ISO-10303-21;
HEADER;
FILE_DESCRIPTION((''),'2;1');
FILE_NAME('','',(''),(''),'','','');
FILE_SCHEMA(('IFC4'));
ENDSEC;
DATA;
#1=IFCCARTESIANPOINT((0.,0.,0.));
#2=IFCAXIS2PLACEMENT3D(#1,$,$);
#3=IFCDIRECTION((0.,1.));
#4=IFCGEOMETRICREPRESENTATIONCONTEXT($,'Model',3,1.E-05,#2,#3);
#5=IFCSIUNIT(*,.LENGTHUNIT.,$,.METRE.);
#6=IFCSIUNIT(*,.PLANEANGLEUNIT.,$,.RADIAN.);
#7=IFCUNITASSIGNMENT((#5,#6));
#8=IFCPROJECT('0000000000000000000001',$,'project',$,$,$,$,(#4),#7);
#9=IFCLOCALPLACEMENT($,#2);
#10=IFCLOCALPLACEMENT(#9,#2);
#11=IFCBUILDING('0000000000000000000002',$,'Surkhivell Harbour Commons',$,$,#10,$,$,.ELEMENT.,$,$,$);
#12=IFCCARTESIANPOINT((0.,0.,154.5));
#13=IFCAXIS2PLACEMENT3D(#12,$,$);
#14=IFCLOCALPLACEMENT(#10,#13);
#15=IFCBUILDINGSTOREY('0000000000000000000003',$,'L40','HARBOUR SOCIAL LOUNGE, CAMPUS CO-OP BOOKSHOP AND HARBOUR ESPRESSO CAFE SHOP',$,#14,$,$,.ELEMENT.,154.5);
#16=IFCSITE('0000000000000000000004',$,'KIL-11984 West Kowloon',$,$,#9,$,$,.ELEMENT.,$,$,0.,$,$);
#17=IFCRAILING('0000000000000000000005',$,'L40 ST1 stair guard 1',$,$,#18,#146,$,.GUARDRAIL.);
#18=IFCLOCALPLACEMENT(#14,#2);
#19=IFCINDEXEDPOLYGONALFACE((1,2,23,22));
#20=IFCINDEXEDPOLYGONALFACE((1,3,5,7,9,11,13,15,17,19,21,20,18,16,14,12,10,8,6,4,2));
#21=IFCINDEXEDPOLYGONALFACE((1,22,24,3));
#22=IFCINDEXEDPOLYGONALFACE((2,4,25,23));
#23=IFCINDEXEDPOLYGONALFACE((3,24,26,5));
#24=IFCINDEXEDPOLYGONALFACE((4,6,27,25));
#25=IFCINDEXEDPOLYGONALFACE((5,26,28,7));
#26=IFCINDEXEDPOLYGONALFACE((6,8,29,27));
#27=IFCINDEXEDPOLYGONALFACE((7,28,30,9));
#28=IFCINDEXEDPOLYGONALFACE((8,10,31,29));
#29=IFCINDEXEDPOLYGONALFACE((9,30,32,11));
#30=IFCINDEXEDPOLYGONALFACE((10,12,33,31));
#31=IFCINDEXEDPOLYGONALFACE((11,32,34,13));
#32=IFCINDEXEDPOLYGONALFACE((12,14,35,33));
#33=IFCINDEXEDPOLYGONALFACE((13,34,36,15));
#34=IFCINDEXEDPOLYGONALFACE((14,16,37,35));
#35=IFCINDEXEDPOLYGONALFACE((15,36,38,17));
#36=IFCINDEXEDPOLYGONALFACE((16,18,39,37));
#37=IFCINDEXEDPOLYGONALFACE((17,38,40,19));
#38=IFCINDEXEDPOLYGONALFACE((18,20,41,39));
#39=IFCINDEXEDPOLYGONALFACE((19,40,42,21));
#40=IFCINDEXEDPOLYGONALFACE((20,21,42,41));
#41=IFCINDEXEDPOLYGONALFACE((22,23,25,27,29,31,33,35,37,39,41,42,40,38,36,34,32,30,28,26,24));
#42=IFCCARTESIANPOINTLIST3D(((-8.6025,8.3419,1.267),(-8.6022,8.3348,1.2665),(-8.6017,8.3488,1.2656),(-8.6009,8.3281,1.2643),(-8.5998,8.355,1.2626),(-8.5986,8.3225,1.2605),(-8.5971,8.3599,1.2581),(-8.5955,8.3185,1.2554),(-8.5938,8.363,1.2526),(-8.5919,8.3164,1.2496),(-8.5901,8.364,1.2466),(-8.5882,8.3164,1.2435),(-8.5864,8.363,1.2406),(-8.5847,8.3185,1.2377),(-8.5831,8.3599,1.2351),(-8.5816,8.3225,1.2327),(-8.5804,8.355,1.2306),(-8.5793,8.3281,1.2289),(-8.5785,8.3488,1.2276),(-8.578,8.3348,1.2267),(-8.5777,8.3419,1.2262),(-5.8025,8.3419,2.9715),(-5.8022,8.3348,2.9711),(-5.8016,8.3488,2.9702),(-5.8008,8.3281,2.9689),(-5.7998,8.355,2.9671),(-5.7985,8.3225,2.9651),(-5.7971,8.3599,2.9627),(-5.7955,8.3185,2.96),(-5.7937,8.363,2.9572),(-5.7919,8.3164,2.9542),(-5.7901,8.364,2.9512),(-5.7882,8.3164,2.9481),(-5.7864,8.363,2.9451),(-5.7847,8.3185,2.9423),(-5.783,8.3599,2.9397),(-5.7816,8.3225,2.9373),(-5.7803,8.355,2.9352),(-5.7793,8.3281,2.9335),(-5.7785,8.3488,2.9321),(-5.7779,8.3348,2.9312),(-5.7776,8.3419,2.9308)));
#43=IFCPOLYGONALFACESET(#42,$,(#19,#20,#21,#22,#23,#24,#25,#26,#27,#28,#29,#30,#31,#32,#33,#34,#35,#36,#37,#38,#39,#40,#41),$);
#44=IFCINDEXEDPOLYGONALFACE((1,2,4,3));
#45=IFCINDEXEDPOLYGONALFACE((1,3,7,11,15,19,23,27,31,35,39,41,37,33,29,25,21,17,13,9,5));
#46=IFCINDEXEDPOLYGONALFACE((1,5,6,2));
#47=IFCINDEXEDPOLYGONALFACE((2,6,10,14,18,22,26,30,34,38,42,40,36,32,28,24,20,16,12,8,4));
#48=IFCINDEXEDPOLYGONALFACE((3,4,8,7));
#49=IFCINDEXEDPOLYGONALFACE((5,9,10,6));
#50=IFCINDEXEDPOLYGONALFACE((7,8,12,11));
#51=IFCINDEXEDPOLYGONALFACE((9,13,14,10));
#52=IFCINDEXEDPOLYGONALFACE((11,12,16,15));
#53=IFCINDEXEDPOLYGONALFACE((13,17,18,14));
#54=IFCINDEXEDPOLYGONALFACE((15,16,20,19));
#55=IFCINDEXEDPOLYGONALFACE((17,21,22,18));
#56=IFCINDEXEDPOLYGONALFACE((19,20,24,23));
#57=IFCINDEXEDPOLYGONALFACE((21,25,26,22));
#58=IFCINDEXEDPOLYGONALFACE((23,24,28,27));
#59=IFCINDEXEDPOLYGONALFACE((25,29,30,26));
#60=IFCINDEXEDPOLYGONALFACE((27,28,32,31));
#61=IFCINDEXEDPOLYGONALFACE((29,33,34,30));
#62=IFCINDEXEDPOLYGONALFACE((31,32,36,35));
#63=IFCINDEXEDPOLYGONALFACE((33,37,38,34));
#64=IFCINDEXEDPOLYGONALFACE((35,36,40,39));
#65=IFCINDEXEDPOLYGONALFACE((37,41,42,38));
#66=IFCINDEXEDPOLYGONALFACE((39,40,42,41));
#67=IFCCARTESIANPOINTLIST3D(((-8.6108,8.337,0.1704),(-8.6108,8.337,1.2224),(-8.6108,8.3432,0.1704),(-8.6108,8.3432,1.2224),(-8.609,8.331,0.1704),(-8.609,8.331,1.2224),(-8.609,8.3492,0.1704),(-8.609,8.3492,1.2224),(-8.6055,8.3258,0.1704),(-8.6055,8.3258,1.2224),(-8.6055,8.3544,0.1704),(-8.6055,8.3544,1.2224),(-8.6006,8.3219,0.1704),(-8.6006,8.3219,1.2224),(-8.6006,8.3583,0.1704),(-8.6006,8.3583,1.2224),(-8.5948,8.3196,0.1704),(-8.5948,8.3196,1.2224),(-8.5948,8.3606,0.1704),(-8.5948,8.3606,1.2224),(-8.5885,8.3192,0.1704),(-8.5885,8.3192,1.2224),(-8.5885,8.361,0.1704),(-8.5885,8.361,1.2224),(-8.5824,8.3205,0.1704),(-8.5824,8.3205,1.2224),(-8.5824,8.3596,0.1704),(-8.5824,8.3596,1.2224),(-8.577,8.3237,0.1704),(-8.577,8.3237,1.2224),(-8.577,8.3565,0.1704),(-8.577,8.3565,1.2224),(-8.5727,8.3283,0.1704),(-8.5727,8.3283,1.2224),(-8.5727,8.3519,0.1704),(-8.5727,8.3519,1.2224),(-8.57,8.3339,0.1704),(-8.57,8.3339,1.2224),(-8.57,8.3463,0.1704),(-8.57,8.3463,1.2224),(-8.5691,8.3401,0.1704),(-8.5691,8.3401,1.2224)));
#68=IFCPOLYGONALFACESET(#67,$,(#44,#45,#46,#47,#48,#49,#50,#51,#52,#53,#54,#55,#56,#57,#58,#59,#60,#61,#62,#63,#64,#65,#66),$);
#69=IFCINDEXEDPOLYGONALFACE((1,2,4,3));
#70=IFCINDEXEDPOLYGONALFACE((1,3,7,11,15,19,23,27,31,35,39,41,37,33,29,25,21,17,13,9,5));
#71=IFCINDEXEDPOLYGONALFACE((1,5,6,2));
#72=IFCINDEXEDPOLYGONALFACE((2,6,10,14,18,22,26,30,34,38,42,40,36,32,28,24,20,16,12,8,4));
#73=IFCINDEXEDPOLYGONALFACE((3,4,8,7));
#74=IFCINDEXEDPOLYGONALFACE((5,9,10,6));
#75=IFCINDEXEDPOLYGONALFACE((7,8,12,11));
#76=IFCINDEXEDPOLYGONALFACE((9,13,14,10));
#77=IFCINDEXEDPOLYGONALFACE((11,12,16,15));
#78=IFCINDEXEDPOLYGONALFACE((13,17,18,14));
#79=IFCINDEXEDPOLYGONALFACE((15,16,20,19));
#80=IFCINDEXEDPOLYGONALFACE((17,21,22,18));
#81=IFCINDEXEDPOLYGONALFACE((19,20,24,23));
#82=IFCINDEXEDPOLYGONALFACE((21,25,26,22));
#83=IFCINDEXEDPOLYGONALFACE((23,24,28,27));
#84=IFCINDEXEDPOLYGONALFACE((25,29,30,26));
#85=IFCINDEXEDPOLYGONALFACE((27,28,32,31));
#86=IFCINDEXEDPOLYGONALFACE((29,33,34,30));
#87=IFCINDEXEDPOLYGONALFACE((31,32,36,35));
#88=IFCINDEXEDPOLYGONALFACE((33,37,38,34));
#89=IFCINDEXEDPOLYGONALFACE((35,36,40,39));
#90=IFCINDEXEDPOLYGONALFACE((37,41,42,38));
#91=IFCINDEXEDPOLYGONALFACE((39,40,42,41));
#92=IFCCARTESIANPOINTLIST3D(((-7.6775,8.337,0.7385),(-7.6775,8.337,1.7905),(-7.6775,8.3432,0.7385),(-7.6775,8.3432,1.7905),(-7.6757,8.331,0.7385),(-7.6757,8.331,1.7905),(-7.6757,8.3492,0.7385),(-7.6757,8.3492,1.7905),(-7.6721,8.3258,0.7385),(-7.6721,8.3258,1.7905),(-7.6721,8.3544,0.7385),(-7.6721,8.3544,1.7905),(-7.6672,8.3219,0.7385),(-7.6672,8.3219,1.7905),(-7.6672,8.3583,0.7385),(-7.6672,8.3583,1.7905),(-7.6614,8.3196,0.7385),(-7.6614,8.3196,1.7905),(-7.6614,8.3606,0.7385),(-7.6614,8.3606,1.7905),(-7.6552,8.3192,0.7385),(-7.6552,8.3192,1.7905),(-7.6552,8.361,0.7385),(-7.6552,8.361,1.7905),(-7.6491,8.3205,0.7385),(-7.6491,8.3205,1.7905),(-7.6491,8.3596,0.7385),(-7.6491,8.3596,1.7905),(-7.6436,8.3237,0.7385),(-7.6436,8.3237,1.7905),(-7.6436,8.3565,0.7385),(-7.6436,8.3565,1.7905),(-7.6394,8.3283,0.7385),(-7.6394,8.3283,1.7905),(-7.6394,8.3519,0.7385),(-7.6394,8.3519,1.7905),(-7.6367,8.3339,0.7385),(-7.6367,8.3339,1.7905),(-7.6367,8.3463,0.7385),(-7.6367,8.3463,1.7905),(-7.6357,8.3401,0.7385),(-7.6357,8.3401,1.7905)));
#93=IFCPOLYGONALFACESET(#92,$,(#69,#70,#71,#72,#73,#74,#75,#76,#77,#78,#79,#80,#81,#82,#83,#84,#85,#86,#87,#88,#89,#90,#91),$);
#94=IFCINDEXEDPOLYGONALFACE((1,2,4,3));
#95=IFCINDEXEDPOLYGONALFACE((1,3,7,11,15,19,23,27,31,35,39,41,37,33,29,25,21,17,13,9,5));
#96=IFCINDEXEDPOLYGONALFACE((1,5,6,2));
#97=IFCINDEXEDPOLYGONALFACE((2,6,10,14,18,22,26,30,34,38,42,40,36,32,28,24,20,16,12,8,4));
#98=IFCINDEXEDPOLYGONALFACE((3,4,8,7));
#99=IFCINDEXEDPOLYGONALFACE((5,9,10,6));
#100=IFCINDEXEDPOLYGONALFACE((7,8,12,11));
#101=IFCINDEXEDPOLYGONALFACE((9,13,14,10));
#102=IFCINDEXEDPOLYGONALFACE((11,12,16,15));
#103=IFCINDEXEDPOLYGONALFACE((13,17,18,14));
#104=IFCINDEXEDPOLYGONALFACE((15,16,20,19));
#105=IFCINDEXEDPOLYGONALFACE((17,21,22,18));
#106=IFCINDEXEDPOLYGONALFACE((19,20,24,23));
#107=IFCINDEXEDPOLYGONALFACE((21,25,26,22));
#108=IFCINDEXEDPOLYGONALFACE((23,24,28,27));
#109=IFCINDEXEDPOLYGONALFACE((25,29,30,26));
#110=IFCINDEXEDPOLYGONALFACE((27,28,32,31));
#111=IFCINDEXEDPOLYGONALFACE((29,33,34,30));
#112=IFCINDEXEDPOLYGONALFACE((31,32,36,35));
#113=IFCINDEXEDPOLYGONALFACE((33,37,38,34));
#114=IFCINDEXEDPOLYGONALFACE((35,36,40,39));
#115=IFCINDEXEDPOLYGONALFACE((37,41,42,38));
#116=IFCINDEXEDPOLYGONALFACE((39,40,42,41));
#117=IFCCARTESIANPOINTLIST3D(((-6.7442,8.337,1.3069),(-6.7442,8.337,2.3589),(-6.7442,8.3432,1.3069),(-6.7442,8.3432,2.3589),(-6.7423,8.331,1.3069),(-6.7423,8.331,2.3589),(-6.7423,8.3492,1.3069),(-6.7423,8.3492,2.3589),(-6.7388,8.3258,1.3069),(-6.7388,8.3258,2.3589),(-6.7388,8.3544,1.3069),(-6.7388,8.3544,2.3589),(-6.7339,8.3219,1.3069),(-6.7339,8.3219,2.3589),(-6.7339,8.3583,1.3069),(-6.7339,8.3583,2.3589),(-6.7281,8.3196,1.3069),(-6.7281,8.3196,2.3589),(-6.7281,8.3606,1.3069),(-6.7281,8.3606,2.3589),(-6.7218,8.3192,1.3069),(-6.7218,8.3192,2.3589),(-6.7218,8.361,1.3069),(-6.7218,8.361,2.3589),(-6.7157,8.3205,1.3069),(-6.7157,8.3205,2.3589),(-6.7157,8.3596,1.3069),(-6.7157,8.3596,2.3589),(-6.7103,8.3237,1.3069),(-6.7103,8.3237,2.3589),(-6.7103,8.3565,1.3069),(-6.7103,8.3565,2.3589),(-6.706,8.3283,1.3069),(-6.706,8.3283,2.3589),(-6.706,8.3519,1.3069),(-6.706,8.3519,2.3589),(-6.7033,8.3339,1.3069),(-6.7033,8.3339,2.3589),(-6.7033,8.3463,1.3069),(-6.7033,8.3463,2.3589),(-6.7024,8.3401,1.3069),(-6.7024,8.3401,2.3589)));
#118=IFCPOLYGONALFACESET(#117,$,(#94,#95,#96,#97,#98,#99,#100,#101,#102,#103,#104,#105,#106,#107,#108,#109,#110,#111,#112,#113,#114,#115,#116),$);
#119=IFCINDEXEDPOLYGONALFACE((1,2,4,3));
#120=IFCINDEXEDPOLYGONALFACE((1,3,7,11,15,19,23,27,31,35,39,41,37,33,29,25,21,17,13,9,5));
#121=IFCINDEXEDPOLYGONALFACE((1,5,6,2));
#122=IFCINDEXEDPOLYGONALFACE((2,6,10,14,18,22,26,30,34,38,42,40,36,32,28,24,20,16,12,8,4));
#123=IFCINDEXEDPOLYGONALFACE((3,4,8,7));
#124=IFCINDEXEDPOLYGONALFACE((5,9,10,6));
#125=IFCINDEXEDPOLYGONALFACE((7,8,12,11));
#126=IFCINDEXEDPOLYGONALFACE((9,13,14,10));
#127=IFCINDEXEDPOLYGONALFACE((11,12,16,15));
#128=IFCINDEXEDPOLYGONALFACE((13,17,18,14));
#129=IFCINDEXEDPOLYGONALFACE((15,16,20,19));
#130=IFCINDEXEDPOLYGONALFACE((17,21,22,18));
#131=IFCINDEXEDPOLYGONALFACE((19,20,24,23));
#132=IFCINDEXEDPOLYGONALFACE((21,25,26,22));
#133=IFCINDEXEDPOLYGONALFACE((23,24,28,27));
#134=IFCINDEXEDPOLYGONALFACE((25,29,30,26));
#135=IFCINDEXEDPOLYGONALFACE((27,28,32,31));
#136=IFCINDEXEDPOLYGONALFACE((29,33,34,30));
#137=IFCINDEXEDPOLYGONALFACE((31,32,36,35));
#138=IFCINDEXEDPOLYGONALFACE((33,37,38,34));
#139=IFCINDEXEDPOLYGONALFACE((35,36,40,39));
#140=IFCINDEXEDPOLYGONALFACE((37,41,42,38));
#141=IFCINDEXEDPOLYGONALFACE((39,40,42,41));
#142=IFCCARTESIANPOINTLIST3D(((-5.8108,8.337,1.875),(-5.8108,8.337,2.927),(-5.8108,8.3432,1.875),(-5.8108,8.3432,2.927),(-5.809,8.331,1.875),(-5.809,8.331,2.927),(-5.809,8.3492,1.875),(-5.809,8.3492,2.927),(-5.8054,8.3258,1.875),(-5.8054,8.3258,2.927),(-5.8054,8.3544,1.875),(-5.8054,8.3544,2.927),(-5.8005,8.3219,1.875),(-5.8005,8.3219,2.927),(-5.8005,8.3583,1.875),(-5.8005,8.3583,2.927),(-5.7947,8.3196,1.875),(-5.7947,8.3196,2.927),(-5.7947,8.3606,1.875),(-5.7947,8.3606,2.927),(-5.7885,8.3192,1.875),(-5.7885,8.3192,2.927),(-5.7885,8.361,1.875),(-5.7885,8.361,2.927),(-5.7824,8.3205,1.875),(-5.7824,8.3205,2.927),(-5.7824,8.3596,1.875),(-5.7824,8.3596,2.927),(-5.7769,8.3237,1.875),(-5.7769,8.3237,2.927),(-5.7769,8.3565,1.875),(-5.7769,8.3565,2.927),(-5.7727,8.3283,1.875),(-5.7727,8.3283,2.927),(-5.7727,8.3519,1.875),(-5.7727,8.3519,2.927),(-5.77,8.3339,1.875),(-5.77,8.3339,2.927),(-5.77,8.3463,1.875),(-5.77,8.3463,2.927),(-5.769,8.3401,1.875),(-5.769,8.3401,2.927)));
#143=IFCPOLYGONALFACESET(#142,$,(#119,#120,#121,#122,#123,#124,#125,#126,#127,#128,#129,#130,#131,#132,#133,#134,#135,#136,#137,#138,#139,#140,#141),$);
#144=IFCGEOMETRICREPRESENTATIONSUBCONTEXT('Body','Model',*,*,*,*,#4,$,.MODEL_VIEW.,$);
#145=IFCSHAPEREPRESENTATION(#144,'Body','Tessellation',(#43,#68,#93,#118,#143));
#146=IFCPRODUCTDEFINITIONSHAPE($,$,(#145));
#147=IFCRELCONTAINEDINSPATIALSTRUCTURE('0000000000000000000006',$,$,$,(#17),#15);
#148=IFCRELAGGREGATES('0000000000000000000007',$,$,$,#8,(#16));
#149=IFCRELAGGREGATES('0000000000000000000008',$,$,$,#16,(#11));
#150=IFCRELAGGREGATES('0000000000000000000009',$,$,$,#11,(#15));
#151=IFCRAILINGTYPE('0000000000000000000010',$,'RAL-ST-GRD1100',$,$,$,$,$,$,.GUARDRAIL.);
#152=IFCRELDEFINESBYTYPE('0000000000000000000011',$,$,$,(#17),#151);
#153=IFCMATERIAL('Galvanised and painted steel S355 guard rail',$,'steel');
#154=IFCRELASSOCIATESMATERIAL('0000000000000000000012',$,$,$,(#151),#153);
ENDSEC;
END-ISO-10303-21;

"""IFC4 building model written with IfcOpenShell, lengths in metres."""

from ifc_helpers import new_model, si_unit, direction, frame, origin, origin_2d, place, context, subcontext, project, spatial, circle, extrude, material, type_object, element, save


model = new_model("IFC4")

# Units and contexts
model_context = context("Model", 3, precision=1e-05, world=origin(), true_north=direction((0.0, 1.0)))
body_context = subcontext(model_context, "Body", "Model", "MODEL_VIEW")
ifc_project = project(units=[si_unit("LENGTHUNIT", "METRE"), si_unit("PLANEANGLEUNIT", "RADIAN")], contexts=[model_context])

# Site, building, storey
site_placement = place(None, origin())
site = spatial("IfcSite", under=ifc_project, at=site_placement, Name="KIL-11984 West Kowloon", CompositionType="ELEMENT", RefElevation=0.0)
building_placement = place(site_placement, origin())
building = spatial("IfcBuilding", under=site, at=building_placement, Name="Surkhivell Harbour Commons", CompositionType="ELEMENT")
storey_placement = place(building_placement, frame((0.0, 0.0, 154.5)))
storey = spatial("IfcBuildingStorey", under=building, at=storey_placement, Name="L40", Description="HARBOUR SOCIAL LOUNGE, CAMPUS CO-OP BOOKSHOP AND HARBOUR ESPRESSO CAFE SHOP", CompositionType="ELEMENT", Elevation=154.5)

# Railing
ifc_material_1 = material(Name="Galvanised and painted steel S355 guard rail", Category="steel")
railing_type_1 = type_object("IfcRailingType", Name="RAL-ST-GRD1100", PredefinedType="GUARDRAIL", material=ifc_material_1)
railing_1_placement = place(storey_placement, frame((-8.5901, 8.3401, 0.1704)))
element("IfcRailing", 1, at=railing_1_placement, inside=storey, type_object=railing_type_1, Name="L40 ST1 stair guard 1", PredefinedType="GUARDRAIL", context=body_context, shape_type="SweptSolid", body=[
    extrude(circle(Radius=0.0239, at=origin_2d()), frame((0.0, 0.0, 1.0762), z_axis=(0.85417, 0.0, 0.519994), x_axis=(0.0, 1.0, 0.0)), (0.0, 0.0, 1.0), 3.2781),
    extrude(circle(Radius=0.021, at=origin_2d()), origin(), (0.0, 0.0, 1.0), 1.052),
    extrude(circle(Radius=0.021, at=origin_2d()), frame((0.9333, 0.0, 0.5681)), (0.0, 0.0, 1.0), 1.052),
    extrude(circle(Radius=0.021, at=origin_2d()), frame((1.8667, 0.0, 1.1365)), (0.0, 0.0, 1.0), 1.052),
    extrude(circle(Radius=0.021, at=origin_2d()), frame((2.8, 0.0, 1.7046)), (0.0, 0.0, 1.0), 1.052),
])

save(model, "model.ifc")
